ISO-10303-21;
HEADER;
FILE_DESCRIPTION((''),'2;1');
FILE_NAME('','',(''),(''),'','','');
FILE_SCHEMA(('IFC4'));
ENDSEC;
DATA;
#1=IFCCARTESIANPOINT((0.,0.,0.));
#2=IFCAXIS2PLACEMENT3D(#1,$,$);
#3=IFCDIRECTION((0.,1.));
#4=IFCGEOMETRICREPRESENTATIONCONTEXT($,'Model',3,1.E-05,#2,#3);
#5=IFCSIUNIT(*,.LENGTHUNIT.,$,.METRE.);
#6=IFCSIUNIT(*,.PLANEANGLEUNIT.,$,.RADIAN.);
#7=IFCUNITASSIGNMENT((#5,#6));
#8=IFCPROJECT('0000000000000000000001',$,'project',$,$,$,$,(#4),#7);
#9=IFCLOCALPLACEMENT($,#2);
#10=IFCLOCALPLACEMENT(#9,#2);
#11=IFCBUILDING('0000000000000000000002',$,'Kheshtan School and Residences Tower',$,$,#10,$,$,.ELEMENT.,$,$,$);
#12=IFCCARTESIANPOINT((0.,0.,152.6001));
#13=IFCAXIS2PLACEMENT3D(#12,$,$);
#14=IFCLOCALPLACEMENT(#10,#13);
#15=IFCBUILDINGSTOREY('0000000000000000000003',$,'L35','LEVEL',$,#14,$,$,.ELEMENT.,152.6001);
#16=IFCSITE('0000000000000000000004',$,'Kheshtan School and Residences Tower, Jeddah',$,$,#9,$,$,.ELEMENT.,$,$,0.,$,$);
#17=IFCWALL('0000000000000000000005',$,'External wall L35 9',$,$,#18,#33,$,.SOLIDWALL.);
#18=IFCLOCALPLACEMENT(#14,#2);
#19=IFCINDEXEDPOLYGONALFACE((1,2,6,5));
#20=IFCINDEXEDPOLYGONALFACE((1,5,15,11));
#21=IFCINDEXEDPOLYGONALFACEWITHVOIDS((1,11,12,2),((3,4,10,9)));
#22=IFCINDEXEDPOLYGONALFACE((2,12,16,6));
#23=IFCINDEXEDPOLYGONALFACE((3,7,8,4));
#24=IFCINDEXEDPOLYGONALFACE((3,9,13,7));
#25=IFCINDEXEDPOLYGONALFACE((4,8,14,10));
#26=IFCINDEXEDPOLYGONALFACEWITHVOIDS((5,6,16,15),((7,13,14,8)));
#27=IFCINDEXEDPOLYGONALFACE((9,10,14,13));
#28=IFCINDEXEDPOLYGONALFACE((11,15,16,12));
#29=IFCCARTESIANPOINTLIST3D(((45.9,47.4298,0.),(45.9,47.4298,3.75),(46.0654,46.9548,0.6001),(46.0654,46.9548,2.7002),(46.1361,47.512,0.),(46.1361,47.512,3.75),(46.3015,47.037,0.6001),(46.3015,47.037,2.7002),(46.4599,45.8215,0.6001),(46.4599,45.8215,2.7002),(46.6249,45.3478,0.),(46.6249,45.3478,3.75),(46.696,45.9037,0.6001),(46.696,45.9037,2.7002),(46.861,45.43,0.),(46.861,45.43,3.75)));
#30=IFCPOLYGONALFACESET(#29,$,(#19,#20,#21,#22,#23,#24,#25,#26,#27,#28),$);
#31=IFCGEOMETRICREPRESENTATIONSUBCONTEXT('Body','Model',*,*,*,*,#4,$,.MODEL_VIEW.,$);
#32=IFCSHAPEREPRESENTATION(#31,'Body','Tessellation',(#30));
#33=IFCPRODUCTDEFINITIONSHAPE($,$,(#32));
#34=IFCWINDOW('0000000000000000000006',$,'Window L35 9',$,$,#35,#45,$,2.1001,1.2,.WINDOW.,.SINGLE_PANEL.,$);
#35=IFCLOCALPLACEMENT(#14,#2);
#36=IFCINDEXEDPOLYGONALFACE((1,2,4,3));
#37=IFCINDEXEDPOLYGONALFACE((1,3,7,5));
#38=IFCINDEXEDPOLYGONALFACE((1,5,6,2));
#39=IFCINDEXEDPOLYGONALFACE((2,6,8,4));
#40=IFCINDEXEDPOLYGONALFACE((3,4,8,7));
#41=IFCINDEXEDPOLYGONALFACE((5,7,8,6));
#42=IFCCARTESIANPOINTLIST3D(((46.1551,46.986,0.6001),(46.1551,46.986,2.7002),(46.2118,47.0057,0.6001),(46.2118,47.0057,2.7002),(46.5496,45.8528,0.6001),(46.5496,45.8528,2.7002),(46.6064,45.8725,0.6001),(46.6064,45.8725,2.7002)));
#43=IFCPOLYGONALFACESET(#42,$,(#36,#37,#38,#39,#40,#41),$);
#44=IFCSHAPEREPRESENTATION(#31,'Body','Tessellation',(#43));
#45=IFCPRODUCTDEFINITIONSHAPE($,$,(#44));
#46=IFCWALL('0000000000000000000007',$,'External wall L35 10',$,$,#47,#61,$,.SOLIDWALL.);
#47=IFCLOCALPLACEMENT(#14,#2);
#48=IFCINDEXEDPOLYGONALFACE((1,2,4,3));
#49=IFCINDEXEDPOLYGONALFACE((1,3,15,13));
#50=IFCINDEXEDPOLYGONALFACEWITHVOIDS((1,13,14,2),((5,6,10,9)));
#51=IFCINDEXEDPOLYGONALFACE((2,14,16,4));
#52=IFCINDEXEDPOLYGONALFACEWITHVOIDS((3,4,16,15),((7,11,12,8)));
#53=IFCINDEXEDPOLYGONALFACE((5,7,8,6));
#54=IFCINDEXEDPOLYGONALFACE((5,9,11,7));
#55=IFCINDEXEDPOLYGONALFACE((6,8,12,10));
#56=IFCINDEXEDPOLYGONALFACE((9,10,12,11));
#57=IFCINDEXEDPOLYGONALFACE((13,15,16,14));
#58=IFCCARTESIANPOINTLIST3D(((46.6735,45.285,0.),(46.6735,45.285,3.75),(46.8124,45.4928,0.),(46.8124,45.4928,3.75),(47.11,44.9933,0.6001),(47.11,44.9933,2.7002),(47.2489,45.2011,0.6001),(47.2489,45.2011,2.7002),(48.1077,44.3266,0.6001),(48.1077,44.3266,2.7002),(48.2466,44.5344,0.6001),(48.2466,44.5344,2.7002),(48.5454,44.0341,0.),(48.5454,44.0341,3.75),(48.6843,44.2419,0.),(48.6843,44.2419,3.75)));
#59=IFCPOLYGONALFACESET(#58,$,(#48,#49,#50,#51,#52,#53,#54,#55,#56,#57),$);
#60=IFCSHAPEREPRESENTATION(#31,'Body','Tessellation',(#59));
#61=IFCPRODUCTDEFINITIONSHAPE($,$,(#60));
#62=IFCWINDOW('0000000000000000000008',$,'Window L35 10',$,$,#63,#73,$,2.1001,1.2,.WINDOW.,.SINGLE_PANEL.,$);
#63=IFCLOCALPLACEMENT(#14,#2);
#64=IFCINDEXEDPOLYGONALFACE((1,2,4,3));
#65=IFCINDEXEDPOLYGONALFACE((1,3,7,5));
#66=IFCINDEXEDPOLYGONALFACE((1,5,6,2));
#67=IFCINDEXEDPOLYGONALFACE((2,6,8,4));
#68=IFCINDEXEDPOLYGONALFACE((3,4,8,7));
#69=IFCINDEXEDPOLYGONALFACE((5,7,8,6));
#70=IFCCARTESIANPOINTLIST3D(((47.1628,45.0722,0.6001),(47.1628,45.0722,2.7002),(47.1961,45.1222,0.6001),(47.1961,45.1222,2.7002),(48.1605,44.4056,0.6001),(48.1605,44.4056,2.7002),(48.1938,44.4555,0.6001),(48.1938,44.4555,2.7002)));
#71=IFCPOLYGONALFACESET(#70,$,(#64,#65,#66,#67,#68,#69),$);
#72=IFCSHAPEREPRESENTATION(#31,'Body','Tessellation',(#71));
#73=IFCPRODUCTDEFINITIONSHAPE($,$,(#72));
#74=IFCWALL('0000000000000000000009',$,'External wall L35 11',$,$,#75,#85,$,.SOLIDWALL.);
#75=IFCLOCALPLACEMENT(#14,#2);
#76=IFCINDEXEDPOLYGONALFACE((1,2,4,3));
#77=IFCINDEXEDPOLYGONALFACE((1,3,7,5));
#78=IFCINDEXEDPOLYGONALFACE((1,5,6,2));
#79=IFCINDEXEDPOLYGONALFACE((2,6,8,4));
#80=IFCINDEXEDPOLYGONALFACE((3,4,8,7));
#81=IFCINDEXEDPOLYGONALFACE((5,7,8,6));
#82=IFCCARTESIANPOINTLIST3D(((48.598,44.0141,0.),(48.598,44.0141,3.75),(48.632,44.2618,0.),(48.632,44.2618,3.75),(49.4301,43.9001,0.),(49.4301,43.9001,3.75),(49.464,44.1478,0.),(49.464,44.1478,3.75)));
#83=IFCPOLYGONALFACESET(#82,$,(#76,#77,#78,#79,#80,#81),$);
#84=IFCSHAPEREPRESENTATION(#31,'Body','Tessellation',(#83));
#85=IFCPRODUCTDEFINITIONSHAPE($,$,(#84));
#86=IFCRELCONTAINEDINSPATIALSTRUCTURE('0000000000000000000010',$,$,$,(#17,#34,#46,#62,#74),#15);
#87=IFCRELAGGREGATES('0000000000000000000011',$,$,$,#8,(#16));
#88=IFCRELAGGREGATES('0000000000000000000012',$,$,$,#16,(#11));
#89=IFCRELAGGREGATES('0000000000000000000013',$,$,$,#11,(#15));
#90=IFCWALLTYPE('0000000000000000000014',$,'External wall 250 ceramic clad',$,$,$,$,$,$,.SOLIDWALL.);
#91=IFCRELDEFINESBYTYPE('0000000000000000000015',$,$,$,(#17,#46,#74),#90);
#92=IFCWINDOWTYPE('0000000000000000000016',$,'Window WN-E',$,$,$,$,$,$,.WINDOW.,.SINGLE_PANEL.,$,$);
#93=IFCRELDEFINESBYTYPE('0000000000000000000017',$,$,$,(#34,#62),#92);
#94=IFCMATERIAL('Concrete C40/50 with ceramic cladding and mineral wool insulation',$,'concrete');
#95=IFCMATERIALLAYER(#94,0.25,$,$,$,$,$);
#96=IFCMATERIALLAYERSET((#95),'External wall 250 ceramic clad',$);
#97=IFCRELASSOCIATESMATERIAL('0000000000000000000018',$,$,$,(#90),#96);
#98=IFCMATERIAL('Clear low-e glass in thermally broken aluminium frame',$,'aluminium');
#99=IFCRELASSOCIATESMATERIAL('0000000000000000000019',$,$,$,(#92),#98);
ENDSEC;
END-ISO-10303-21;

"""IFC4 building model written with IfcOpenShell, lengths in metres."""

from ifc_helpers import new_model, si_unit, direction, frame, frame_2d, origin, place, context, subcontext, project, spatial, rectangle, extrude, source, transform, mapped, material, layer, layer_set, type_object, element, fill, save


model = new_model("IFC4")

# Units and contexts
model_context = context("Model", 3, precision=1e-05, world=origin(), true_north=direction((0.0, 1.0)))
body_context = subcontext(model_context, "Body", "Model", "MODEL_VIEW")
ifc_project = project(units=[si_unit("LENGTHUNIT", "METRE"), si_unit("PLANEANGLEUNIT", "RADIAN")], contexts=[model_context])

# Site, building, storey
site_placement = place(None, origin())
site = spatial("IfcSite", under=ifc_project, at=site_placement, Name="Kheshtan School and Residences Tower, Jeddah", CompositionType="ELEMENT", RefElevation=0.0)
building_placement = place(site_placement, origin())
building = spatial("IfcBuilding", under=site, at=building_placement, Name="Kheshtan School and Residences Tower", CompositionType="ELEMENT")
storey_placement = place(building_placement, frame((0.0, 0.0, 152.6001)))
storey = spatial("IfcBuildingStorey", under=building, at=storey_placement, Name="L35", Description="LEVEL", CompositionType="ELEMENT", Elevation=152.6001)

# Shared definitions
ifc_material_1 = material(Name="Clear low-e glass in thermally broken aluminium frame", Category="aluminium")

# Walls, openings, windows
ifc_material_2 = material(Name="Concrete C40/50 with ceramic cladding and mineral wool insulation", Category="concrete")
ifc_layer_1 = layer(ifc_material_2, 0.25)
ifc_layer_set_1 = layer_set([ifc_layer_1], Name="External wall 250 ceramic clad")
wall_type = type_object("IfcWallType", Name="External wall 250 ceramic clad", PredefinedType="SOLIDWALL", material=ifc_layer_set_1)
wall_1_placement = place(storey_placement, frame((46.0181, 47.4709, 0.0), z_axis=(0.0, 0.0, 1.0), x_axis=(0.328791, -0.944403, 0.0)))
wall_1 = element("IfcWall", 1, at=wall_1_placement, inside=storey, type_object=wall_type, Name="External wall L35 9", PredefinedType="SOLIDWALL", context=body_context, shape_type="SweptSolid", body=[
    extrude(rectangle(XDim=2.2046, YDim=0.25, at=frame_2d((1.1023, 0.0))), origin(), (0.0, 0.0, 1.0), 3.75),
])
opening_1_placement = place(wall_1_placement, frame((0.5029, 0.0, 0.6001)))
opening_1 = element("IfcOpeningElement", 2, at=opening_1_placement, cuts=wall_1, PredefinedType="OPENING", context=body_context, shape_type="SweptSolid", body=[
    extrude(rectangle(XDim=1.2, YDim=2.1001, at=frame_2d((0.6001, 1.05))), frame((0.0, 0.135, 0.0), z_axis=(0.0, -1.0, 0.0), x_axis=(1.0, 0.0, 0.0)), (0.0, 0.0, 1.0), 0.27),
])
window_type = type_object("IfcWindowType", Name="Window WN-E", PartitioningType="SINGLE_PANEL", PredefinedType="WINDOW", material=ifc_material_1)
shared_shape = source(origin(), body_context, "Body", "SweptSolid", [
    extrude(rectangle(XDim=1.2, YDim=2.1001, at=frame_2d((0.6001, 1.05))), frame((0.0, 0.03, 0.0), z_axis=(0.0, -1.0, 0.0), x_axis=(1.0, 0.0, 0.0)), (0.0, 0.0, 1.0), 0.0601),
])
window_1_placement = place(opening_1_placement, origin())
window_1 = element("IfcWindow", 3, at=window_1_placement, inside=storey, type_object=window_type, Name="Window L35 9", OverallHeight=2.1001, OverallWidth=1.2, PartitioningType="SINGLE_PANEL", PredefinedType="WINDOW", context=body_context, shape_type="MappedRepresentation", body=[
    mapped(shared_shape, transform((0.0, 0.0, 0.0), x_axis=(1.0, 0.0, 0.0), y_axis=(0.0, 1.0, 0.0), z_axis=(0.0, 0.0, 1.0), scale=1.0)),
])
fill(opening_1, window_1)
wall_2_placement = place(storey_placement, frame((46.7429, 45.3889, 0.0), z_axis=(0.0, 0.0, 1.0), x_axis=(0.831449, -0.555601, 0.0)))
wall_2 = element("IfcWall", 4, at=wall_2_placement, inside=storey, type_object=wall_type, Name="External wall L35 10", PredefinedType="SOLIDWALL", context=body_context, shape_type="SweptSolid", body=[
    extrude(rectangle(XDim=2.2515, YDim=0.25, at=frame_2d((1.1257, 0.0))), origin(), (0.0, 0.0, 1.0), 3.75),
])
opening_2_placement = place(wall_2_placement, frame((0.5249, 0.0, 0.6001)))
opening_2 = element("IfcOpeningElement", 5, at=opening_2_placement, cuts=wall_2, PredefinedType="OPENING", context=body_context, shape_type="SweptSolid", body=[
    extrude(rectangle(XDim=1.2, YDim=2.1001, at=frame_2d((0.6001, 1.05))), frame((0.0, 0.135, 0.0), z_axis=(0.0, -1.0, 0.0), x_axis=(1.0, 0.0, 0.0)), (0.0, 0.0, 1.0), 0.27),
])
window_2_placement = place(opening_2_placement, origin())
window_2 = element("IfcWindow", 6, at=window_2_placement, inside=storey, type_object=window_type, Name="Window L35 10", OverallHeight=2.1001, OverallWidth=1.2, PartitioningType="SINGLE_PANEL", PredefinedType="WINDOW", context=body_context, shape_type="MappedRepresentation", body=[
    mapped(shared_shape, transform((0.0, 0.0, 0.0), x_axis=(1.0, 0.0, 0.0), y_axis=(0.0, 1.0, 0.0), z_axis=(0.0, 0.0, 1.0), scale=1.0)),
])
fill(opening_2, window_2)

# Wall
wall_3_placement = place(storey_placement, frame((48.615, 44.1379, 0.0), z_axis=(0.0, 0.0, 1.0), x_axis=(0.990742, -0.135762, 0.0)))
element("IfcWall", 7, at=wall_3_placement, inside=storey, type_object=wall_type, Name="External wall L35 11", PredefinedType="SOLIDWALL", context=body_context, shape_type="SweptSolid", body=[
    extrude(rectangle(XDim=0.8398, YDim=0.25, at=frame_2d((0.4199, 0.0))), origin(), (0.0, 0.0, 1.0), 3.75),
])

save(model, "model.ifc")
